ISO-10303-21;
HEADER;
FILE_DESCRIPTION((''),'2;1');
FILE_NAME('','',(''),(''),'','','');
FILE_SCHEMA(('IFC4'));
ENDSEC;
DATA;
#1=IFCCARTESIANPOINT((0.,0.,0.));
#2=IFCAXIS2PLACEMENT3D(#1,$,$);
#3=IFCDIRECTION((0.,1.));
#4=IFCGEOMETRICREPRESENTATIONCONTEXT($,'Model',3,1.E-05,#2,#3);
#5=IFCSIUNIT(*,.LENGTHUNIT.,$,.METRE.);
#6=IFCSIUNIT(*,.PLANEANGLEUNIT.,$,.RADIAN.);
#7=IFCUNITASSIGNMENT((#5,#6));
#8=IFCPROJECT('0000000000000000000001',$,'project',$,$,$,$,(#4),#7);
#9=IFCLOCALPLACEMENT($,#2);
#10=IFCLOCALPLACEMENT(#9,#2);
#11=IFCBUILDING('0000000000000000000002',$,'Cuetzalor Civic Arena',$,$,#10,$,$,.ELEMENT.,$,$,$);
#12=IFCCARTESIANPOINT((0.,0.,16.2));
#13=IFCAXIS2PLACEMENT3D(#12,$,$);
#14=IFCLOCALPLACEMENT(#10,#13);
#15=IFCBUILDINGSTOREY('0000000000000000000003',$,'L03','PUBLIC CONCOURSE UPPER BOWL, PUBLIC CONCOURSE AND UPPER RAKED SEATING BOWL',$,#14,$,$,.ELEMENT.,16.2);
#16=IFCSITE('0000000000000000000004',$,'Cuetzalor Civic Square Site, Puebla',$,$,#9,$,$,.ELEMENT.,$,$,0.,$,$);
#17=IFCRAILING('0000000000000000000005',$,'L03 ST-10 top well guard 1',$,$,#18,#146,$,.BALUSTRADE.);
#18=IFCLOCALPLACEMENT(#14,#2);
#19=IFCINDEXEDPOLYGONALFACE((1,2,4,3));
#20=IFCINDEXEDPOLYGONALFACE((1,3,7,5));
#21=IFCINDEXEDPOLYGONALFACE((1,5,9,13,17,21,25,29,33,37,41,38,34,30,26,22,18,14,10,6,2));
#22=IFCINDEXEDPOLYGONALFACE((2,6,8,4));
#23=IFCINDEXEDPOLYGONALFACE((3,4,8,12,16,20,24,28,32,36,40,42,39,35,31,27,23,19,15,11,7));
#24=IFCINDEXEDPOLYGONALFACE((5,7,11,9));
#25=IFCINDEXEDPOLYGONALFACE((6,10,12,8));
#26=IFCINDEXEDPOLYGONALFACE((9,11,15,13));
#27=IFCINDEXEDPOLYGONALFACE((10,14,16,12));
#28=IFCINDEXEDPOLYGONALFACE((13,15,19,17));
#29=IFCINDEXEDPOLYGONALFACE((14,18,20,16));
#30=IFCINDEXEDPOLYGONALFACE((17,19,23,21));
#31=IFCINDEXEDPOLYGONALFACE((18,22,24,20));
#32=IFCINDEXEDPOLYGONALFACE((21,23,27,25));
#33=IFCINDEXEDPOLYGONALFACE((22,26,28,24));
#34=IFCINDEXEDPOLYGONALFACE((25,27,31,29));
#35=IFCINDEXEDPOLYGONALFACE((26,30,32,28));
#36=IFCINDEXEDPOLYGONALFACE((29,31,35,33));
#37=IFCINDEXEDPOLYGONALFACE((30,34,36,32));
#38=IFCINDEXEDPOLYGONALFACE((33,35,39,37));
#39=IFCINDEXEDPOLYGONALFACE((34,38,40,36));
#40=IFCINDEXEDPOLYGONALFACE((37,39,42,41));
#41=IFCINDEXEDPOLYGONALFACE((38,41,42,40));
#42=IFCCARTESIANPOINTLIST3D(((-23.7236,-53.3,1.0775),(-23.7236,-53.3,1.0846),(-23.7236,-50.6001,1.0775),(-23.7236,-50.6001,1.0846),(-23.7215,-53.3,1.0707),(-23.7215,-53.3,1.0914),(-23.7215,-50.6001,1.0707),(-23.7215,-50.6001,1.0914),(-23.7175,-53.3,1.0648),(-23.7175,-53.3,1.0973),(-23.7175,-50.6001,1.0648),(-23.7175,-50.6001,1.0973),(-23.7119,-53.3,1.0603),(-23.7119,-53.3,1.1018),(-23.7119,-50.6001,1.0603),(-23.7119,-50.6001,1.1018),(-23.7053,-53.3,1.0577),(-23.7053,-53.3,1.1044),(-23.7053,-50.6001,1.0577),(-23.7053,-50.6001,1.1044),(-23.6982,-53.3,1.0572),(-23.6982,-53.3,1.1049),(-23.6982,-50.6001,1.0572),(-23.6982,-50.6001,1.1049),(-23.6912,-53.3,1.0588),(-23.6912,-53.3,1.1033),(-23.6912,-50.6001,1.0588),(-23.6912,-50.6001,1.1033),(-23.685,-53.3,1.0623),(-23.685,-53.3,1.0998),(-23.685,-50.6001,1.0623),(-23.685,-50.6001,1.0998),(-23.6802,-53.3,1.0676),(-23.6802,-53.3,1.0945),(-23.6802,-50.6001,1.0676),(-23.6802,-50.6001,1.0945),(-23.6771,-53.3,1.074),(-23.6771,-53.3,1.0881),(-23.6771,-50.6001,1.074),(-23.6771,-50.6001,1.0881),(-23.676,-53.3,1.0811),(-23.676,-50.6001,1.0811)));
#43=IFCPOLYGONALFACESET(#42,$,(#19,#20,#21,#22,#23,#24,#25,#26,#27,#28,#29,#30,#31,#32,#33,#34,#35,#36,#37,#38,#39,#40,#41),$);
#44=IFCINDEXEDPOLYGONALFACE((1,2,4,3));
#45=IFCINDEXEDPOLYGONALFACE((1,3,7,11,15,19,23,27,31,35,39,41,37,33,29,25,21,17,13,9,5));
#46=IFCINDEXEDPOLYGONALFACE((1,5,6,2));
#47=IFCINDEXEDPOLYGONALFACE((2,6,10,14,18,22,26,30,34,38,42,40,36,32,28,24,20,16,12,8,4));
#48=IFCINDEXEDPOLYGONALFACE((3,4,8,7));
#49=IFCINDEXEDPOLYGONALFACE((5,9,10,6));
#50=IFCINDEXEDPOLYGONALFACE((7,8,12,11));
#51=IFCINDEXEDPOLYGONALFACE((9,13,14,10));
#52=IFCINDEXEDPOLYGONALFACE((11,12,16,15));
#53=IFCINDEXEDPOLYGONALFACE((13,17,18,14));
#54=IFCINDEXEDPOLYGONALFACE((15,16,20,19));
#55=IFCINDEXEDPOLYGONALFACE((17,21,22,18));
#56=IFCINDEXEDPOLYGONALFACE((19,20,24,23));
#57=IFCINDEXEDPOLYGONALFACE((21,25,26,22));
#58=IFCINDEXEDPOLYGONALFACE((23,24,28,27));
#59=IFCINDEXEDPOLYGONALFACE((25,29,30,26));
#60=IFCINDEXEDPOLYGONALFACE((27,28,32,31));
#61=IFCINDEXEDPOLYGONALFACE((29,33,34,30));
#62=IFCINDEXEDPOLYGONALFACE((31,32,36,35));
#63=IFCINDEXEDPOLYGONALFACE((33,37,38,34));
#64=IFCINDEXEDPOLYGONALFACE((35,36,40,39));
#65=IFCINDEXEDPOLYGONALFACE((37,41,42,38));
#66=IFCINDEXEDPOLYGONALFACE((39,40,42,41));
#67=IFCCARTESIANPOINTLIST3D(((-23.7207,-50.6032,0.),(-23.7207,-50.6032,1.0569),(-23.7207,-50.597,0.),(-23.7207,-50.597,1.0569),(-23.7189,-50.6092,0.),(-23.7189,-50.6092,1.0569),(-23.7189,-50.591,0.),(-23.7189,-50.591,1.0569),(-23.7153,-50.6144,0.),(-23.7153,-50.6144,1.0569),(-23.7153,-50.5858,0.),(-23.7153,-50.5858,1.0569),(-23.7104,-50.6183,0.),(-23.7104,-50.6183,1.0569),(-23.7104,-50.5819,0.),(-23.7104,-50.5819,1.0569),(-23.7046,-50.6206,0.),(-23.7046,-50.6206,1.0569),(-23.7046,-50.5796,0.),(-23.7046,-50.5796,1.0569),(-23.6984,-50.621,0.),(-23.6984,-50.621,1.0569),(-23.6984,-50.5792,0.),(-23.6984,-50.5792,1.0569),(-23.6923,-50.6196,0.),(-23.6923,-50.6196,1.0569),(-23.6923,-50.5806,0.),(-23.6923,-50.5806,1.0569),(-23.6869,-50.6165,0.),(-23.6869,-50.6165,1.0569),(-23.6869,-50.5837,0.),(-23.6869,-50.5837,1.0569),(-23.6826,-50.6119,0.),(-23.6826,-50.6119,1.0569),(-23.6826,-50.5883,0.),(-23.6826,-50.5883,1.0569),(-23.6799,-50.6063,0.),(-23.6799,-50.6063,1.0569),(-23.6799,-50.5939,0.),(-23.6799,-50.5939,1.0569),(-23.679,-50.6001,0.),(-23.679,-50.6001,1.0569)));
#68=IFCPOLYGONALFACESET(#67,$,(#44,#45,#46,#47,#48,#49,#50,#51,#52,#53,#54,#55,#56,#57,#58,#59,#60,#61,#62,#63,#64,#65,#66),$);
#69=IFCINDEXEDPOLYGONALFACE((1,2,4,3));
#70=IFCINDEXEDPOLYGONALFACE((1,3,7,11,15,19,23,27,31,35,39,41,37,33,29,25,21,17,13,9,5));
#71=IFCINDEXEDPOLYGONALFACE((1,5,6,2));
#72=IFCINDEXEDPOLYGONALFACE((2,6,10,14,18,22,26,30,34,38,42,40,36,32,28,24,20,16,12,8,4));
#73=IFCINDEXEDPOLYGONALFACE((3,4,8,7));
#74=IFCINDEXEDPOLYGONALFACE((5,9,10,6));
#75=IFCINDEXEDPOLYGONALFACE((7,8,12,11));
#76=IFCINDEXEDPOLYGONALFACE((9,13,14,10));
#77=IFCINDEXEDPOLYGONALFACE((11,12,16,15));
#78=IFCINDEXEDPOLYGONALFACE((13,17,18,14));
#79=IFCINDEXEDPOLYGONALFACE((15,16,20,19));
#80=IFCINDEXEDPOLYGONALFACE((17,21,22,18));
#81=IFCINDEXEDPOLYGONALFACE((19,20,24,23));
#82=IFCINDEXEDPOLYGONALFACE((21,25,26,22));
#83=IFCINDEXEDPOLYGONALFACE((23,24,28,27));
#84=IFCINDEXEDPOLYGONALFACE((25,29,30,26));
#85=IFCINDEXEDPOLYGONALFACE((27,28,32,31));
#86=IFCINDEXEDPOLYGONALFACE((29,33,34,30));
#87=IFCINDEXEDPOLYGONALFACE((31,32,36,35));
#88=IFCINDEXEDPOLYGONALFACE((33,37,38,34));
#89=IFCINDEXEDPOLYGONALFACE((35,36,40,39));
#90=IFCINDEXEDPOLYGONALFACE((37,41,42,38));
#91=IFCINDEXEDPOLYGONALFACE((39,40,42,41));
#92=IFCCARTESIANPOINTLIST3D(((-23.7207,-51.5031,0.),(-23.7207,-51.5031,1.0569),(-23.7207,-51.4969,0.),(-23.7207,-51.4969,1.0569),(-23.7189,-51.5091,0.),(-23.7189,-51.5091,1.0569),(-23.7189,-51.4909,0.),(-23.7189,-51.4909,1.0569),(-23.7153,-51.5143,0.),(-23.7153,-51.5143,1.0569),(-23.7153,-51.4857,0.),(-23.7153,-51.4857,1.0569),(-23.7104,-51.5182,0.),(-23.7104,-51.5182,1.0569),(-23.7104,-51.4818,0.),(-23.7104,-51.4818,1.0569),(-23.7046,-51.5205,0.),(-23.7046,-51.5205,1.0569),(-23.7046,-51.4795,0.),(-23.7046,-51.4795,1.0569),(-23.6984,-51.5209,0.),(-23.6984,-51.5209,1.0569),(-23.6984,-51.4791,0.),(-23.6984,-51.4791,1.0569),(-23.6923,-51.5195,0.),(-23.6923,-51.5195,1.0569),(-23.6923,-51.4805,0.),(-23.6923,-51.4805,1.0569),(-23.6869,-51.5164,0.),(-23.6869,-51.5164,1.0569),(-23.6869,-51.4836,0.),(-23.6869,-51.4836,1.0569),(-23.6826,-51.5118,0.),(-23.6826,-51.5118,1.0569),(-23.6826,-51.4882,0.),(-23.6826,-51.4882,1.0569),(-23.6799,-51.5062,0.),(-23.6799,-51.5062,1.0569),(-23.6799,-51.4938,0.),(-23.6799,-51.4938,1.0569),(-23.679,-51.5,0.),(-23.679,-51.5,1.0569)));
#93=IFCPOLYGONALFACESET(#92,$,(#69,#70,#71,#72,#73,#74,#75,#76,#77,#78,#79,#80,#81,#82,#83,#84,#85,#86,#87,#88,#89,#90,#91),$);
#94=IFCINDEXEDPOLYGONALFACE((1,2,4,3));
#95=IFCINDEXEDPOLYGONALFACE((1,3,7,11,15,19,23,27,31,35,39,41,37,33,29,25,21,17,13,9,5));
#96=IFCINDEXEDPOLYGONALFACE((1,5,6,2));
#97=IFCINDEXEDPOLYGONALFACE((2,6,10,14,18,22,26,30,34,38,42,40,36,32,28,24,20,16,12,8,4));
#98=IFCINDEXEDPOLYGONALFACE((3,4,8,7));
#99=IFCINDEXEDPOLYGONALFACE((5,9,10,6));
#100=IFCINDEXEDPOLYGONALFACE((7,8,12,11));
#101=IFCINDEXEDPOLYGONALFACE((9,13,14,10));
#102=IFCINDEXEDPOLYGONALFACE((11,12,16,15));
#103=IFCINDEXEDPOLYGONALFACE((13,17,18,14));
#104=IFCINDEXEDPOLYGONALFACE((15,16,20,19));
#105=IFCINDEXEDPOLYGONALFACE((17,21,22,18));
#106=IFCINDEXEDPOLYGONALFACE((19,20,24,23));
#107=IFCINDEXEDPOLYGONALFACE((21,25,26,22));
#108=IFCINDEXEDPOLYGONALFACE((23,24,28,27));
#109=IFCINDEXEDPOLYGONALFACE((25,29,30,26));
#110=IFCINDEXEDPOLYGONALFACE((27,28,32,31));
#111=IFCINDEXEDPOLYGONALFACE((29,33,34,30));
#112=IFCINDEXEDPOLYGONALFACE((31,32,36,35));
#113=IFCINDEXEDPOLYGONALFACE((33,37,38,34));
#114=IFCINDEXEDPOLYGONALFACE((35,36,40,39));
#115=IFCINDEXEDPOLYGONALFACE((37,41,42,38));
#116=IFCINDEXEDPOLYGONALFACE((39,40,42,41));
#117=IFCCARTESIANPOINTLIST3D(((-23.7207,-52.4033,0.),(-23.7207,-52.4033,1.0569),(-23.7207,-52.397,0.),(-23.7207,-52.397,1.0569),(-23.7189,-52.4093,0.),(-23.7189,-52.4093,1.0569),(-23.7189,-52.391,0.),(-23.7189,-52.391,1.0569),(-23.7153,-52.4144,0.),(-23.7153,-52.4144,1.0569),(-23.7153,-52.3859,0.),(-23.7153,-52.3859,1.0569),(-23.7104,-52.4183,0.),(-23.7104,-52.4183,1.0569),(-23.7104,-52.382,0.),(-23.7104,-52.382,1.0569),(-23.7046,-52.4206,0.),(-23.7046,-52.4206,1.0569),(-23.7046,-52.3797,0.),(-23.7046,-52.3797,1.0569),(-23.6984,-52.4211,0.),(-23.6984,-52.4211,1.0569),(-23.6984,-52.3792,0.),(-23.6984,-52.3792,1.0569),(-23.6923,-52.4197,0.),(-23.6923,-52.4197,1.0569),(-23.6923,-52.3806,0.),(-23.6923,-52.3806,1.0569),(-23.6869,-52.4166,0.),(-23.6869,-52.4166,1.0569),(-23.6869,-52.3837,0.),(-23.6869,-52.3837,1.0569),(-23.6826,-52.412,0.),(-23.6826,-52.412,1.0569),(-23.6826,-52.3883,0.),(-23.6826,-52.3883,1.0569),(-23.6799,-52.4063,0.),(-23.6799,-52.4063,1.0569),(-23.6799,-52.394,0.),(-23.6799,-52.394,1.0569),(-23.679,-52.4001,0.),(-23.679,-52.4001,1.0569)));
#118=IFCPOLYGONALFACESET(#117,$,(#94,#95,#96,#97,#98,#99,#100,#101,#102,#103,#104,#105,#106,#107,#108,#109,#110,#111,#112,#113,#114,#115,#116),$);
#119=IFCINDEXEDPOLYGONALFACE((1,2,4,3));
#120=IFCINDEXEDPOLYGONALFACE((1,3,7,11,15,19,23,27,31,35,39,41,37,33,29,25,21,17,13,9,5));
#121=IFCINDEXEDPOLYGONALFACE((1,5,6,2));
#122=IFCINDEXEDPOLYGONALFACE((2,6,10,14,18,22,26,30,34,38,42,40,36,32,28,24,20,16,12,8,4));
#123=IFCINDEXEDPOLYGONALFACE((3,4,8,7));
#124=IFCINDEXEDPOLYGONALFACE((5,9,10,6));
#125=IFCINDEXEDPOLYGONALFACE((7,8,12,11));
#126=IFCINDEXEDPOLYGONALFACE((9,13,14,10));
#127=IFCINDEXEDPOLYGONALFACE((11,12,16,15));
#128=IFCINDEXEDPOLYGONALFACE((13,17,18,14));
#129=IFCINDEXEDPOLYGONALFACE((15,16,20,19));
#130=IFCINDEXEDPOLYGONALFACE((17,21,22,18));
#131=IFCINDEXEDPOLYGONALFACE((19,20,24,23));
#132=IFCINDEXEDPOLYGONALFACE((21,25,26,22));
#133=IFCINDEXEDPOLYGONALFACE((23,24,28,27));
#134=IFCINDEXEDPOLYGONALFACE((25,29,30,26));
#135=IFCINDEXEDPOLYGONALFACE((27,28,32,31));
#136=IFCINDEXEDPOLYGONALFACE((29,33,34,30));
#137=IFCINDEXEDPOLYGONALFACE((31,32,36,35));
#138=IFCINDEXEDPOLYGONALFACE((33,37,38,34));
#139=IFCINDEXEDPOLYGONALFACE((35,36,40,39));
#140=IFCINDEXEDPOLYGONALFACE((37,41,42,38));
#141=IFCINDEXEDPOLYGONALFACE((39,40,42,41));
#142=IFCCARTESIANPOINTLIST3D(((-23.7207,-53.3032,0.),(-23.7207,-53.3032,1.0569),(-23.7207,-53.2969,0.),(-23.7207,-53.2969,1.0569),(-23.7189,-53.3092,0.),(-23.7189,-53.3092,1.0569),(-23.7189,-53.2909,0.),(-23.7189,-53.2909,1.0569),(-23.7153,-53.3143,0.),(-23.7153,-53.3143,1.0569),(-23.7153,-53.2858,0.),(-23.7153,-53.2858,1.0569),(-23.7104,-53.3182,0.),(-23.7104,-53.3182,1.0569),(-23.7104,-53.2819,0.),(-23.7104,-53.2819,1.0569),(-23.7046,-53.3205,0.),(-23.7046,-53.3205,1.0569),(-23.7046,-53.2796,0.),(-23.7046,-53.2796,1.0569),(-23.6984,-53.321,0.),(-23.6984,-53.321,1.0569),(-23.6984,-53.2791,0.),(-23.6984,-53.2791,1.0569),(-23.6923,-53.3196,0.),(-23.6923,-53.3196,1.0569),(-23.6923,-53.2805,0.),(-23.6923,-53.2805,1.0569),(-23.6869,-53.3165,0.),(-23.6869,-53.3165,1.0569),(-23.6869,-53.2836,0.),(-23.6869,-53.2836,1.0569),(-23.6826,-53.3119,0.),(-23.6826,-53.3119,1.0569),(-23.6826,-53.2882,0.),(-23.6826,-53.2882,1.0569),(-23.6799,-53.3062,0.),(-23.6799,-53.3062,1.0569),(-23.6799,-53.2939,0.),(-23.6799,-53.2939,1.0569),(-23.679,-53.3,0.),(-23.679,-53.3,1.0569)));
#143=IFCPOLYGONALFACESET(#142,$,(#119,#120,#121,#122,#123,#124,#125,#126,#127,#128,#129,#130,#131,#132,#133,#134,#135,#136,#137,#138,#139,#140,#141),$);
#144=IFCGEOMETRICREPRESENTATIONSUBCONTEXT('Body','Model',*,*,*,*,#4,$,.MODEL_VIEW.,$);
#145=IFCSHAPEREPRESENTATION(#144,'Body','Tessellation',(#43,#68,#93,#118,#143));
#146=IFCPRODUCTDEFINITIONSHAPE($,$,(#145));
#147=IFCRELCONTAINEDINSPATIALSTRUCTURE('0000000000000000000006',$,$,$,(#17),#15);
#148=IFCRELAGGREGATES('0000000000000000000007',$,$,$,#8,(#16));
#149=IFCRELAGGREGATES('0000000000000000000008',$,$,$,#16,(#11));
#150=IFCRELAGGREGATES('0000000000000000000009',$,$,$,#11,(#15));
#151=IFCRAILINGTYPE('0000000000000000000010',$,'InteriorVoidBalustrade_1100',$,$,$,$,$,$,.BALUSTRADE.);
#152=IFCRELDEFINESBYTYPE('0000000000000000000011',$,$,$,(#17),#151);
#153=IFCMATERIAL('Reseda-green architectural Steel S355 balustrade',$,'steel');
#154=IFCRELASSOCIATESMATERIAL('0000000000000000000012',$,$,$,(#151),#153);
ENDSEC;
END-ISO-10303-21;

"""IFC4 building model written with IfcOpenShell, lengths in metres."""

from ifc_helpers import new_model, si_unit, direction, frame, origin, origin_2d, place, context, subcontext, project, spatial, circle, extrude, material, type_object, element, save


model = new_model("IFC4")

# Units and contexts
model_context = context("Model", 3, precision=1e-05, world=origin(), true_north=direction((0.0, 1.0)))
body_context = subcontext(model_context, "Body", "Model", "MODEL_VIEW")
ifc_project = project(units=[si_unit("LENGTHUNIT", "METRE"), si_unit("PLANEANGLEUNIT", "RADIAN")], contexts=[model_context])

# Site, building, storey
site_placement = place(None, origin())
site = spatial("IfcSite", under=ifc_project, at=site_placement, Name="Cuetzalor Civic Square Site, Puebla", CompositionType="ELEMENT", RefElevation=0.0)
building_placement = place(site_placement, origin())
building = spatial("IfcBuilding", under=site, at=building_placement, Name="Cuetzalor Civic Arena", CompositionType="ELEMENT")
storey_placement = place(building_placement, frame((0.0, 0.0, 16.2)))
storey = spatial("IfcBuildingStorey", under=building, at=storey_placement, Name="L03", Description="PUBLIC CONCOURSE UPPER BOWL, PUBLIC CONCOURSE AND UPPER RAKED SEATING BOWL", CompositionType="ELEMENT", Elevation=16.2)

# Railing
ifc_material_1 = material(Name="Reseda-green architectural Steel S355 balustrade", Category="steel")
railing_type = type_object("IfcRailingType", Name="InteriorVoidBalustrade_1100", PredefinedType="BALUSTRADE", material=ifc_material_1)
railing_placement = place(storey_placement, frame((-23.7, -50.6001, 0.0)))
element("IfcRailing", 1, at=railing_placement, inside=storey, type_object=railing_type, Name="L03 ST-10 top well guard 1", PredefinedType="BALUSTRADE", context=body_context, shape_type="SweptSolid", body=[
    extrude(circle(Radius=0.0239, at=origin_2d()), frame((0.0, 0.0, 1.0811), z_axis=(0.0, -1.0, 0.0), x_axis=(1.0, 0.0, 0.0)), (0.0, 0.0, 1.0), 2.7),
    extrude(circle(Radius=0.021, at=origin_2d()), origin(), (0.0, 0.0, 1.0), 1.0569),
    extrude(circle(Radius=0.021, at=origin_2d()), frame((0.0, -0.8999, 0.0)), (0.0, 0.0, 1.0), 1.0569),
    extrude(circle(Radius=0.021, at=origin_2d()), frame((0.0, -1.8, 0.0)), (0.0, 0.0, 1.0), 1.0569),
    extrude(circle(Radius=0.021, at=origin_2d()), frame((0.0, -2.7, 0.0)), (0.0, 0.0, 1.0), 1.0569),
])

save(model, "model.ifc")
